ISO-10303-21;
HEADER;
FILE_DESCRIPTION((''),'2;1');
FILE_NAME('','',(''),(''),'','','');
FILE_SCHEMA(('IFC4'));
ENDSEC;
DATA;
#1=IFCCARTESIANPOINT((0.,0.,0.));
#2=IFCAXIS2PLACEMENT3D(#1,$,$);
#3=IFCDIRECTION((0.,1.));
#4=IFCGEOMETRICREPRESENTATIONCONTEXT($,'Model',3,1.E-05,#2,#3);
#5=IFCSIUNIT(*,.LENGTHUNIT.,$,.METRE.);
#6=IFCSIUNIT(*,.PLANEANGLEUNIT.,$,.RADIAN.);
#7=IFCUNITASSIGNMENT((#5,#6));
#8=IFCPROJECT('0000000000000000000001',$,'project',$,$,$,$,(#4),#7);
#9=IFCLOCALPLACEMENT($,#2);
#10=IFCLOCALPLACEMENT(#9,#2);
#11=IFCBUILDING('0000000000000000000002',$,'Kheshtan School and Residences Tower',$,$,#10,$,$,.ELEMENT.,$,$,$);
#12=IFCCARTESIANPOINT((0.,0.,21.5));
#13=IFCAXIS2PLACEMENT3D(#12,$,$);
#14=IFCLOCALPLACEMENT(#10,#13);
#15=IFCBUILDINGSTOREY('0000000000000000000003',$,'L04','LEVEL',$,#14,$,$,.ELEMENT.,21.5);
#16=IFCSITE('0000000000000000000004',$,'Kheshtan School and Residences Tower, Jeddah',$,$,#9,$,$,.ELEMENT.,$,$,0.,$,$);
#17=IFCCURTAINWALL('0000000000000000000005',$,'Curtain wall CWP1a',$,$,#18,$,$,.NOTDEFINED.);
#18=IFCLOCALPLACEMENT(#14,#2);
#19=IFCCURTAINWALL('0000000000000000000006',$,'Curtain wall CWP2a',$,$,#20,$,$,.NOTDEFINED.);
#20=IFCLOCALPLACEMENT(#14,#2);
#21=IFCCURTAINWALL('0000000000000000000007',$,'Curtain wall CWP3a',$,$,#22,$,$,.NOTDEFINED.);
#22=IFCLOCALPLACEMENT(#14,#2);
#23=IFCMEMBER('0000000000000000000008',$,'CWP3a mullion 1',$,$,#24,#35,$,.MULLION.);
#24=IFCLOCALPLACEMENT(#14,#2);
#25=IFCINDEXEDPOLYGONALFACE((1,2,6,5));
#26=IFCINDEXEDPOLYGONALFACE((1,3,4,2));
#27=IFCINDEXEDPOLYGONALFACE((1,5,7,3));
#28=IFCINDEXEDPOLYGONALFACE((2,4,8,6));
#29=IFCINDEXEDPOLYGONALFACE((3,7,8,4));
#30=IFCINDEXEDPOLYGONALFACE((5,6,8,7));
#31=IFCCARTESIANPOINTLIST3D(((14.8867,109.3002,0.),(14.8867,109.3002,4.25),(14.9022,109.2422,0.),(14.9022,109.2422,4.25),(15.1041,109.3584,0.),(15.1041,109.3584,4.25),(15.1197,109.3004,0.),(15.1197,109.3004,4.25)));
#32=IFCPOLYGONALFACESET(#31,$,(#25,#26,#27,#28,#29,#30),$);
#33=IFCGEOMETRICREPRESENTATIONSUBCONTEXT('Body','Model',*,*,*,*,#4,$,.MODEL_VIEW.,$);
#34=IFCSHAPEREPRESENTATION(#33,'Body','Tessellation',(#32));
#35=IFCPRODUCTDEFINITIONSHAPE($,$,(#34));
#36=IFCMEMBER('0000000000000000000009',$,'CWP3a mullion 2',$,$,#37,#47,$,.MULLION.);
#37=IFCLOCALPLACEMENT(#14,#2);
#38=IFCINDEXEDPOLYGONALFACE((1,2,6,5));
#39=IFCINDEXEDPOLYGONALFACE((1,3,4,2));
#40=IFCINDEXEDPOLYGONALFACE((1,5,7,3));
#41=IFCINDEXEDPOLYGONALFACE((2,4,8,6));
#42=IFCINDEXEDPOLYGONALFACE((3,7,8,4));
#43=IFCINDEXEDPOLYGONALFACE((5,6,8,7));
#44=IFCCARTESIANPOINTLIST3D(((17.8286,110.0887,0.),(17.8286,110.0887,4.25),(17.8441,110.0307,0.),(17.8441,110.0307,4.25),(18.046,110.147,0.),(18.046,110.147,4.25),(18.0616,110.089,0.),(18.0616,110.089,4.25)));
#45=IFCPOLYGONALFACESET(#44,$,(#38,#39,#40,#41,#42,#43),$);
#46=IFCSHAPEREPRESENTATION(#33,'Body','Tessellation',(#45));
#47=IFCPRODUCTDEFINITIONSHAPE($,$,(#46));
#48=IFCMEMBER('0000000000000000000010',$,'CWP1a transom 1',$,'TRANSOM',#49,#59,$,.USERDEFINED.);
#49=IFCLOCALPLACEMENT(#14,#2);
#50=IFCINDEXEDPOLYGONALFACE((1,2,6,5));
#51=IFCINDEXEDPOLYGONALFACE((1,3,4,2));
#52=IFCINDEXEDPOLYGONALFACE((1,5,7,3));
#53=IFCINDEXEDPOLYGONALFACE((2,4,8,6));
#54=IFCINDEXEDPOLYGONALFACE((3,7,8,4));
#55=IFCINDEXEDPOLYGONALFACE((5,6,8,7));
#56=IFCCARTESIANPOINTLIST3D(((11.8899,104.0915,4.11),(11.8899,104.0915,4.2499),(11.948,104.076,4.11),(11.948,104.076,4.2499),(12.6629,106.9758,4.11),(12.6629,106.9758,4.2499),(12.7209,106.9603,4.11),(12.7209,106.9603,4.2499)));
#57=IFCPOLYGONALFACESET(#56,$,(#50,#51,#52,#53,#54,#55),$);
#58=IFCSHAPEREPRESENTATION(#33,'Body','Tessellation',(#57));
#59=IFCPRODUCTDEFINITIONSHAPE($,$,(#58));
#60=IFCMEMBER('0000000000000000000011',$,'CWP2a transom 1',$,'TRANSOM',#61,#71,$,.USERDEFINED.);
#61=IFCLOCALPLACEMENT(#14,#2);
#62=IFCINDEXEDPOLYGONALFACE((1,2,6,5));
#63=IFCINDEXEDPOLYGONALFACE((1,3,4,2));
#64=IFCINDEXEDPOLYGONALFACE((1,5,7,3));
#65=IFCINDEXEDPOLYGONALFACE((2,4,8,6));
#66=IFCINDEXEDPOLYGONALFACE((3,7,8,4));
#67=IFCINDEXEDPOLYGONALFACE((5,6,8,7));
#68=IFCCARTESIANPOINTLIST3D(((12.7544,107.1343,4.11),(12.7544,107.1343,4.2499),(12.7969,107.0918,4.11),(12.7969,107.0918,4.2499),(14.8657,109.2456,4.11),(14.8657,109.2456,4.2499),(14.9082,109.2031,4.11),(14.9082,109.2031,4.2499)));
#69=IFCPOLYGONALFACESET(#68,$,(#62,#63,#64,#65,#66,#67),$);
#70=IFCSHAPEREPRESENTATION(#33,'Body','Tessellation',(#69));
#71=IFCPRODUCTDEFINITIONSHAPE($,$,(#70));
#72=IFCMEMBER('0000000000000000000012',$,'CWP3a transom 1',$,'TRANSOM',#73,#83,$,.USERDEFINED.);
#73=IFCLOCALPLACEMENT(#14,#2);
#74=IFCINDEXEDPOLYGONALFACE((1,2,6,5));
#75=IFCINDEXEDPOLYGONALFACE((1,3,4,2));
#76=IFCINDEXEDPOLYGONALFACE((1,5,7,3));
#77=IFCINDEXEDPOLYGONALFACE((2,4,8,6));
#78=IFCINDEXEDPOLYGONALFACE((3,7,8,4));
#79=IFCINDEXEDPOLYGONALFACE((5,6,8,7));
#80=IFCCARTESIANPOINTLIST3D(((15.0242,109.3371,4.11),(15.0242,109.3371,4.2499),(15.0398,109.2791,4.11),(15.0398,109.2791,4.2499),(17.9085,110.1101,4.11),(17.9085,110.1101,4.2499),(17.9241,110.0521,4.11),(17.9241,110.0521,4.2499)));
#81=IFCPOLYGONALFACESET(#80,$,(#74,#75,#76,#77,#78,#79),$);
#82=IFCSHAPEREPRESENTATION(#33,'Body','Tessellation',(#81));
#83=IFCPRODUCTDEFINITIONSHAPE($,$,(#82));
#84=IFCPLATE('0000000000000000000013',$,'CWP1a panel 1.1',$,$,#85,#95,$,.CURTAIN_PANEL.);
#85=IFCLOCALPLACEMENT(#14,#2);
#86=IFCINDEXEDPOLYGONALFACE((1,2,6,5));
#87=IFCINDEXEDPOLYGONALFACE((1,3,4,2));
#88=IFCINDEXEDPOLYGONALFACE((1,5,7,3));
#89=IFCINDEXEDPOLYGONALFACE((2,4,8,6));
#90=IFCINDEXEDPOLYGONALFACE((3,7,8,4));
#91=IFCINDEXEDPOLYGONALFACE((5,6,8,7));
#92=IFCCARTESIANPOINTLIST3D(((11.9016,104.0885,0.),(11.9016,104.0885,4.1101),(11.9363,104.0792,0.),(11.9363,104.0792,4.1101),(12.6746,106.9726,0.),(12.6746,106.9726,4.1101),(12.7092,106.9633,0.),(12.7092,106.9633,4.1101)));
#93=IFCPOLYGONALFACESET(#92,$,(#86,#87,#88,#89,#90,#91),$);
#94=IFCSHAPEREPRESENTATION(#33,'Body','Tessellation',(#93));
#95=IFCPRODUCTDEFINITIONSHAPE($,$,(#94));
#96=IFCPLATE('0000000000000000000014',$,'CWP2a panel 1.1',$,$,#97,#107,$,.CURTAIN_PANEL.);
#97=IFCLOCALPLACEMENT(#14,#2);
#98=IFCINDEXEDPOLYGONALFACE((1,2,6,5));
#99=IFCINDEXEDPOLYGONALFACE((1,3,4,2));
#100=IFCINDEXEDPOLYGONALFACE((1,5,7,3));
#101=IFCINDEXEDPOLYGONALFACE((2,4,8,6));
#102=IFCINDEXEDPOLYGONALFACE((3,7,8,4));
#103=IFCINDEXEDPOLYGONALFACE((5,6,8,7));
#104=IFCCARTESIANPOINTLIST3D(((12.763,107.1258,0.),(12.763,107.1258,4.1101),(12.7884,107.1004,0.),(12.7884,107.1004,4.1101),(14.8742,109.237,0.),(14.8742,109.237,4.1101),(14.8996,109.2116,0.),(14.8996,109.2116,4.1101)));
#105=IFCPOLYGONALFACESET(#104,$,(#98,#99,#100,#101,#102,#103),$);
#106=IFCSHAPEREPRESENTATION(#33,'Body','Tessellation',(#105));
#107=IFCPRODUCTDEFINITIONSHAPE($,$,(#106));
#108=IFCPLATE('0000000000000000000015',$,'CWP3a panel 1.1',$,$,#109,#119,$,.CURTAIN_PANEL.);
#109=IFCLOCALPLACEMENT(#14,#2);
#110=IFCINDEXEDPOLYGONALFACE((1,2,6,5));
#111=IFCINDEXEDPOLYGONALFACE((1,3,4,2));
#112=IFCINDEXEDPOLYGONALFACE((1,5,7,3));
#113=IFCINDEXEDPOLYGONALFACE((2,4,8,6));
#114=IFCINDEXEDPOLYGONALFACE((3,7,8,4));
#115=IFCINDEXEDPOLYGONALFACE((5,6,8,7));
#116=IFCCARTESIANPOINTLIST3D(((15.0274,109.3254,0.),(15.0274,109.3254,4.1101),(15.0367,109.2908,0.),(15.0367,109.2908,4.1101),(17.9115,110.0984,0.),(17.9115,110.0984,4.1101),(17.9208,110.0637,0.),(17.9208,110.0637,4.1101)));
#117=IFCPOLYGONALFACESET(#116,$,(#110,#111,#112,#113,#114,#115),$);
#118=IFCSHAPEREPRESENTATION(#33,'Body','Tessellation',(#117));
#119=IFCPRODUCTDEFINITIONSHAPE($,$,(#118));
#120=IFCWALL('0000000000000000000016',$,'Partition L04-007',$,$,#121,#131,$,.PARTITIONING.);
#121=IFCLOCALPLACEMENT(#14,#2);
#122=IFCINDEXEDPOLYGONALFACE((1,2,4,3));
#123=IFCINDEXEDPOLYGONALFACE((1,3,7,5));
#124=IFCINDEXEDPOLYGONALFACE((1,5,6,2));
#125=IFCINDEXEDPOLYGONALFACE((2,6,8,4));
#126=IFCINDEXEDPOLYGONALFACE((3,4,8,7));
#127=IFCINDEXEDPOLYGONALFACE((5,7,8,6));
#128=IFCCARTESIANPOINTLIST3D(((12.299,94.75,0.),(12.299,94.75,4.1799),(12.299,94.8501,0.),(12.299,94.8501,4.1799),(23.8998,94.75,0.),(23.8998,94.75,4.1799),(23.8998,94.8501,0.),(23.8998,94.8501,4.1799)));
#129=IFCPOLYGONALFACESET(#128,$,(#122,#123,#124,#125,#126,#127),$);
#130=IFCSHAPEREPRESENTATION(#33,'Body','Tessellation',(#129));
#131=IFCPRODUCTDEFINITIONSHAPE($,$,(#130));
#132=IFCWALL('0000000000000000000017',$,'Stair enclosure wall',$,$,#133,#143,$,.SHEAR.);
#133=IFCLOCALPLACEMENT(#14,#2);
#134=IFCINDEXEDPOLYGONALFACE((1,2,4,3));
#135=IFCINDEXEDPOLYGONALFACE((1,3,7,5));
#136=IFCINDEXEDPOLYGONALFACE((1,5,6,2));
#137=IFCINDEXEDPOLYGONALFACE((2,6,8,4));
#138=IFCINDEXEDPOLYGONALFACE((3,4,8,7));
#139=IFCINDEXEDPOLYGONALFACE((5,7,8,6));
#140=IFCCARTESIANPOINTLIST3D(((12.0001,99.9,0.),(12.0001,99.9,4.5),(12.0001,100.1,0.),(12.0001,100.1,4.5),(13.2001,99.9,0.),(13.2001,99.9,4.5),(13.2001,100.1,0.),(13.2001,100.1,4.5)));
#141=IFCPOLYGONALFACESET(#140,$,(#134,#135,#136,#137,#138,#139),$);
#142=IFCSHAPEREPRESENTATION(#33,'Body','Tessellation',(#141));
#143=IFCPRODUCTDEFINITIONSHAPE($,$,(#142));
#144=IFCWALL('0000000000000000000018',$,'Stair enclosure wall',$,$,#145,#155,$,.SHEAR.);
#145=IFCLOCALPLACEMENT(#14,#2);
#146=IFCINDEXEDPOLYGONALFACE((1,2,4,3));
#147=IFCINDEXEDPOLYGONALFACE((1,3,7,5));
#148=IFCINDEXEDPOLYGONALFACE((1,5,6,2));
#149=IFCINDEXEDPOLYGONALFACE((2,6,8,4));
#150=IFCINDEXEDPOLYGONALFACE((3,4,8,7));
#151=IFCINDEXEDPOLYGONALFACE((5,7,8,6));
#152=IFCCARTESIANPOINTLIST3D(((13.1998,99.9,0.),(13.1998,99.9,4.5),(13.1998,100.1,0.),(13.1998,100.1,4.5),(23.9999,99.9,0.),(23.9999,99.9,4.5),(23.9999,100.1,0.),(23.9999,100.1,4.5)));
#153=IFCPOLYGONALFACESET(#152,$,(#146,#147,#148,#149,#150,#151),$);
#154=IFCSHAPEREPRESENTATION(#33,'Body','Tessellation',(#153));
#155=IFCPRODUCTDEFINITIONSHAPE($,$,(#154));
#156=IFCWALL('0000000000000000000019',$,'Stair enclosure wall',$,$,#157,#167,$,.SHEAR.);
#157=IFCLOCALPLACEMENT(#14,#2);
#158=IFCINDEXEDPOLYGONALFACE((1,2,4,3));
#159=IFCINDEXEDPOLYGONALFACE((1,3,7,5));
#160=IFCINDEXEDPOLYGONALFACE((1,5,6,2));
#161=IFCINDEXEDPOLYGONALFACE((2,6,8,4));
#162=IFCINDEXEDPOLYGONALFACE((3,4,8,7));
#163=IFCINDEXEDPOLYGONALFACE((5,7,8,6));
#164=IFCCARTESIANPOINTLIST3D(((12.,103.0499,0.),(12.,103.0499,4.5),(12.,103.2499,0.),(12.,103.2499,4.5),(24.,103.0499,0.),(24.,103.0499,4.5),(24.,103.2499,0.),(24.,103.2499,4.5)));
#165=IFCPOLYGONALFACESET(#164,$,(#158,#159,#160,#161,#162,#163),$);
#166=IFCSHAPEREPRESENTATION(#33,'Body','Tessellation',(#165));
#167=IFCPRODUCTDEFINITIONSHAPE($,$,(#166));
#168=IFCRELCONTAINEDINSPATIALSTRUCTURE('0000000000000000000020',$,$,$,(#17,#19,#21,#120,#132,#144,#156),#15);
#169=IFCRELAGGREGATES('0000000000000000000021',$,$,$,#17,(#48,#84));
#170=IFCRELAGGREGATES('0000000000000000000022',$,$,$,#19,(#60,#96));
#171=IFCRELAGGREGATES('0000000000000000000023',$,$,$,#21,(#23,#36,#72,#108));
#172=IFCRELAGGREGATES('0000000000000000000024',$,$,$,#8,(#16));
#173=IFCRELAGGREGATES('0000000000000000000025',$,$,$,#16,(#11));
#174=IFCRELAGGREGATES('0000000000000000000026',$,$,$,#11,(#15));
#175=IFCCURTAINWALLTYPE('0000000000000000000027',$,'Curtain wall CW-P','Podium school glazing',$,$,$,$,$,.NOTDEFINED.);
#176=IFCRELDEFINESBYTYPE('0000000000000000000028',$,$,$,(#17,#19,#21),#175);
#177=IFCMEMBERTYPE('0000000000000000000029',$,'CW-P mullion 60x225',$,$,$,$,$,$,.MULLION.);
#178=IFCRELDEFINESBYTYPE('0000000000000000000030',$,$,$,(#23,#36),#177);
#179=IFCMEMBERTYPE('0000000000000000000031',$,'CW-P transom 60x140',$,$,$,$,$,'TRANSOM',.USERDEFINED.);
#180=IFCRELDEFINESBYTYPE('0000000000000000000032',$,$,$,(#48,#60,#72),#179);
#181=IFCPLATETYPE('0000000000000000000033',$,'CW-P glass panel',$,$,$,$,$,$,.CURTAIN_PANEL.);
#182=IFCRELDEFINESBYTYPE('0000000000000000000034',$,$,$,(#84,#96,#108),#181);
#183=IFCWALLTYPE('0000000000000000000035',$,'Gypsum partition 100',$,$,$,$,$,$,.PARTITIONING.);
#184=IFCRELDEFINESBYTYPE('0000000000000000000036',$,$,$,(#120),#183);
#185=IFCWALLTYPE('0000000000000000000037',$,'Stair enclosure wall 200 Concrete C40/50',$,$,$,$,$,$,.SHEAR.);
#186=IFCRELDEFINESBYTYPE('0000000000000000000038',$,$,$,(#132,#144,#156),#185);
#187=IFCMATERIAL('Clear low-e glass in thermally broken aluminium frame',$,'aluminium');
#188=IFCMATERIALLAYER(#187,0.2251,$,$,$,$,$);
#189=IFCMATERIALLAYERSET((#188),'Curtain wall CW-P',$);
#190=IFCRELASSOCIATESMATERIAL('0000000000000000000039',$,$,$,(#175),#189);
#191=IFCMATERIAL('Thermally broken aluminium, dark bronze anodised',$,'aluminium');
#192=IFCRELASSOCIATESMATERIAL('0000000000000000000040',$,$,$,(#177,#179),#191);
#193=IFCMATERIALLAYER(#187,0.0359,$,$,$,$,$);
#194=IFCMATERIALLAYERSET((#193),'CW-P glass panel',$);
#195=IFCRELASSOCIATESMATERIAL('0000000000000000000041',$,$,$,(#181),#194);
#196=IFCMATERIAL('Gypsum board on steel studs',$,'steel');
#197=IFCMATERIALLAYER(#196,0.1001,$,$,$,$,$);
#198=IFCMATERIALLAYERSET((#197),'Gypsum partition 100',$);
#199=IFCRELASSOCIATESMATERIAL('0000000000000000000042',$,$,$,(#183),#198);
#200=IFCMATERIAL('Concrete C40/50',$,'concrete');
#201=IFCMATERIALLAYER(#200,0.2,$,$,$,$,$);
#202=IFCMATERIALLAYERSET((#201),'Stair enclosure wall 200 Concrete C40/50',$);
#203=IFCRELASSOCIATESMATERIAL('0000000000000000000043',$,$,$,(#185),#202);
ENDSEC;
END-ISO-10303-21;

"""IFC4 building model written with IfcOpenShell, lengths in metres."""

from ifc_helpers import new_model, si_unit, direction, frame, frame_2d, origin, origin_2d, place, context, subcontext, project, spatial, rectangle, extrude, material, layer, layer_set, material_profile, profile_set, type_object, element, aggregate, save


model = new_model("IFC4")

# Units and contexts
model_context = context("Model", 3, precision=1e-05, world=origin(), true_north=direction((0.0, 1.0)))
body_context = subcontext(model_context, "Body", "Model", "MODEL_VIEW")
ifc_project = project(units=[si_unit("LENGTHUNIT", "METRE"), si_unit("PLANEANGLEUNIT", "RADIAN")], contexts=[model_context])

# Site, building, storey
site_placement = place(None, origin())
site = spatial("IfcSite", under=ifc_project, at=site_placement, Name="Kheshtan School and Residences Tower, Jeddah", CompositionType="ELEMENT", RefElevation=0.0)
building_placement = place(site_placement, origin())
building = spatial("IfcBuilding", under=site, at=building_placement, Name="Kheshtan School and Residences Tower", CompositionType="ELEMENT")
storey_placement = place(building_placement, frame((0.0, 0.0, 21.5)))
storey = spatial("IfcBuildingStorey", under=building, at=storey_placement, Name="L04", Description="LEVEL", CompositionType="ELEMENT", Elevation=21.5)

# Curtain walls, members
ifc_material_1 = material(Name="Clear low-e glass in thermally broken aluminium frame", Category="aluminium")
ifc_layer_1 = layer(ifc_material_1, 0.2251)
ifc_layer_set_1 = layer_set([ifc_layer_1], Name="Curtain wall CW-P")
curtain_wall_type = type_object("IfcCurtainWallType", Name="Curtain wall CW-P", Description="Podium school glazing", PredefinedType="NOTDEFINED", material=ifc_layer_set_1)
curtain_wall_1_placement = place(storey_placement, origin())
curtain_wall_1 = element("IfcCurtainWall", 1, at=curtain_wall_1_placement, inside=storey, type_object=curtain_wall_type, Name="Curtain wall CWP1a", PredefinedType="NOTDEFINED")
ifc_material_2 = material(Name="Thermally broken aluminium, dark bronze anodised", Category="aluminium")
ifc_material_profile_1 = material_profile(ifc_material_2, rectangle(XDim=0.0601, YDim=0.2251, at=origin_2d()), Name="CW-P mullion 60x225")
ifc_profile_set_1 = profile_set([ifc_material_profile_1], Name="Thermally broken aluminium, dark bronze anodised")
member_type_1 = type_object("IfcMemberType", Name="CW-P mullion 60x225", PredefinedType="MULLION", material=ifc_profile_set_1)
curtain_wall_2_placement = place(storey_placement, origin())
curtain_wall_2 = element("IfcCurtainWall", 2, at=curtain_wall_2_placement, inside=storey, type_object=curtain_wall_type, Name="Curtain wall CWP2a", PredefinedType="NOTDEFINED")
curtain_wall_3_placement = place(storey_placement, origin())
curtain_wall_3 = element("IfcCurtainWall", 3, at=curtain_wall_3_placement, inside=storey, type_object=curtain_wall_type, Name="Curtain wall CWP3a", PredefinedType="NOTDEFINED")
member_1_placement = place(storey_placement, frame((15.0032, 109.3003, 0.0), z_axis=(0.0, 0.0, 1.0), x_axis=(-0.258865, 0.965914, 0.0)))
member_1 = element("IfcMember", 4, at=member_1_placement, type_object=member_type_1, Name="CWP3a mullion 1", PredefinedType="MULLION", context=body_context, shape_type="SweptSolid", body=[
    extrude(rectangle(XDim=0.0601, YDim=0.2251, at=origin_2d()), origin(), (0.0, 0.0, 1.0), 4.25),
])
member_2_placement = place(storey_placement, frame((17.9451, 110.0889, 0.0), z_axis=(0.0, 0.0, 1.0), x_axis=(-0.258865, 0.965914, 0.0)))
member_2 = element("IfcMember", 5, at=member_2_placement, type_object=member_type_1, Name="CWP3a mullion 2", PredefinedType="MULLION", context=body_context, shape_type="SweptSolid", body=[
    extrude(rectangle(XDim=0.0601, YDim=0.2251, at=origin_2d()), origin(), (0.0, 0.0, 1.0), 4.25),
])

# Members
ifc_material_profile_2 = material_profile(ifc_material_2, rectangle(XDim=0.0601, YDim=0.1399, at=origin_2d()), Name="CW-P transom 60x140")
ifc_profile_set_2 = profile_set([ifc_material_profile_2], Name="Thermally broken aluminium, dark bronze anodised")
member_type_2 = type_object("IfcMemberType", Name="CW-P transom 60x140", ElementType="TRANSOM", PredefinedType="USERDEFINED", material=ifc_profile_set_2)
member_3_placement = place(storey_placement, frame((11.9189, 104.0837, 4.1799), z_axis=(0.258853, 0.965917, 0.0), x_axis=(-0.965917, 0.258853, 0.0)))
member_3 = element("IfcMember", 6, at=member_3_placement, type_object=member_type_2, Name="CWP1a transom 1", ObjectType="TRANSOM", PredefinedType="USERDEFINED", context=body_context, shape_type="SweptSolid", body=[
    extrude(rectangle(XDim=0.0601, YDim=0.1399, at=origin_2d()), origin(), (0.0, 0.0, 1.0), 2.9861),
])
member_4_placement = place(storey_placement, frame((12.7756, 107.113, 4.1799), z_axis=(0.707107, 0.707107, 0.0), x_axis=(-0.707107, 0.707107, 0.0)))
member_4 = element("IfcMember", 7, at=member_4_placement, type_object=member_type_2, Name="CWP2a transom 1", ObjectType="TRANSOM", PredefinedType="USERDEFINED", context=body_context, shape_type="SweptSolid", body=[
    extrude(rectangle(XDim=0.0601, YDim=0.1399, at=origin_2d()), origin(), (0.0, 0.0, 1.0), 2.9858),
])
member_5_placement = place(storey_placement, frame((15.032, 109.3081, 4.1799), z_axis=(0.965917, 0.258853, 0.0), x_axis=(-0.258853, 0.965917, 0.0)))
member_5 = element("IfcMember", 8, at=member_5_placement, type_object=member_type_2, Name="CWP3a transom 1", ObjectType="TRANSOM", PredefinedType="USERDEFINED", context=body_context, shape_type="SweptSolid", body=[
    extrude(rectangle(XDim=0.0601, YDim=0.1399, at=origin_2d()), origin(), (0.0, 0.0, 1.0), 2.9861),
])

# Plates
ifc_layer_2 = layer(ifc_material_1, 0.0359)
ifc_layer_set_2 = layer_set([ifc_layer_2], Name="CW-P glass panel")
plate_type = type_object("IfcPlateType", Name="CW-P glass panel", PredefinedType="CURTAIN_PANEL", material=ifc_layer_set_2)
plate_1_placement = place(storey_placement, frame((12.3054, 105.5259, 0.0), z_axis=(0.0, 0.0, 1.0), x_axis=(0.258865, 0.965914, 0.0)))
plate_1 = element("IfcPlate", 9, at=plate_1_placement, type_object=plate_type, Name="CWP1a panel 1.1", PredefinedType="CURTAIN_PANEL", context=body_context, shape_type="SweptSolid", body=[
    extrude(rectangle(XDim=2.9858, YDim=0.0359, at=origin_2d()), origin(), (0.0, 0.0, 1.0), 4.1101),
])
aggregate(curtain_wall_1, [member_3, plate_1])
plate_2_placement = place(storey_placement, frame((13.8313, 108.1687, 0.0), z_axis=(0.0, 0.0, 1.0), x_axis=(0.707107, 0.707107, 0.0)))
plate_2 = element("IfcPlate", 10, at=plate_2_placement, type_object=plate_type, Name="CWP2a panel 1.1", PredefinedType="CURTAIN_PANEL", context=body_context, shape_type="SweptSolid", body=[
    extrude(rectangle(XDim=2.9856, YDim=0.0359, at=origin_2d()), origin(), (0.0, 0.0, 1.0), 4.1101),
])
aggregate(curtain_wall_2, [member_4, plate_2])
plate_3_placement = place(storey_placement, frame((16.4741, 109.6946, 0.0), z_axis=(0.0, 0.0, 1.0), x_axis=(0.965914, 0.258865, 0.0)))
plate_3 = element("IfcPlate", 11, at=plate_3_placement, type_object=plate_type, Name="CWP3a panel 1.1", PredefinedType="CURTAIN_PANEL", context=body_context, shape_type="SweptSolid", body=[
    extrude(rectangle(XDim=2.9858, YDim=0.0359, at=origin_2d()), origin(), (0.0, 0.0, 1.0), 4.1101),
])
aggregate(curtain_wall_3, [member_1, member_2, member_5, plate_3])

# Walls
ifc_material_3 = material(Name="Gypsum board on steel studs", Category="steel")
ifc_layer_3 = layer(ifc_material_3, 0.1001)
ifc_layer_set_3 = layer_set([ifc_layer_3], Name="Gypsum partition 100")
wall_type_1 = type_object("IfcWallType", Name="Gypsum partition 100", PredefinedType="PARTITIONING", material=ifc_layer_set_3)
wall_1_placement = place(storey_placement, frame((12.2991, 94.8, 0.0), z_axis=(0.0, 0.0, 1.0), x_axis=(1.0, 0.0, 0.0)))
element("IfcWall", 12, at=wall_1_placement, inside=storey, type_object=wall_type_1, Name="Partition L04-007", PredefinedType="PARTITIONING", context=body_context, shape_type="SweptSolid", body=[
    extrude(rectangle(XDim=11.6008, YDim=0.1001, at=frame_2d((5.8003, 0.0))), origin(), (0.0, 0.0, 1.0), 4.1799),
])
ifc_material_4 = material(Name="Concrete C40/50", Category="concrete")
ifc_layer_4 = layer(ifc_material_4, 0.2)
ifc_layer_set_4 = layer_set([ifc_layer_4], Name="Stair enclosure wall 200 Concrete C40/50")
wall_type_2 = type_object("IfcWallType", Name="Stair enclosure wall 200 Concrete C40/50", PredefinedType="SHEAR", material=ifc_layer_set_4)
wall_2_placement = place(storey_placement, frame((12.0, 100.0, 0.0), z_axis=(0.0, 0.0, 1.0), x_axis=(1.0, 0.0, 0.0)))
element("IfcWall", 13, at=wall_2_placement, inside=storey, type_object=wall_type_2, Name="Stair enclosure wall", PredefinedType="SHEAR", context=body_context, shape_type="SweptSolid", body=[
    extrude(rectangle(XDim=1.2, YDim=0.2, at=frame_2d((0.6001, 0.0))), origin(), (0.0, 0.0, 1.0), 4.5),
])
wall_3_placement = place(storey_placement, frame((13.2, 100.0, 0.0), z_axis=(0.0, 0.0, 1.0), x_axis=(1.0, 0.0, 0.0)))
element("IfcWall", 14, at=wall_3_placement, inside=storey, type_object=wall_type_2, Name="Stair enclosure wall", PredefinedType="SHEAR", context=body_context, shape_type="SweptSolid", body=[
    extrude(rectangle(XDim=10.8, YDim=0.2, at=frame_2d((5.3999, 0.0))), origin(), (0.0, 0.0, 1.0), 4.5),
])
wall_4_placement = place(storey_placement, frame((12.0, 103.1499, 0.0), z_axis=(0.0, 0.0, 1.0), x_axis=(1.0, 0.0, 0.0)))
element("IfcWall", 15, at=wall_4_placement, inside=storey, type_object=wall_type_2, Name="Stair enclosure wall", PredefinedType="SHEAR", context=body_context, shape_type="SweptSolid", body=[
    extrude(rectangle(XDim=12.0, YDim=0.2, at=frame_2d((6.0, 0.0))), origin(), (0.0, 0.0, 1.0), 4.5),
])

save(model, "model.ifc")
